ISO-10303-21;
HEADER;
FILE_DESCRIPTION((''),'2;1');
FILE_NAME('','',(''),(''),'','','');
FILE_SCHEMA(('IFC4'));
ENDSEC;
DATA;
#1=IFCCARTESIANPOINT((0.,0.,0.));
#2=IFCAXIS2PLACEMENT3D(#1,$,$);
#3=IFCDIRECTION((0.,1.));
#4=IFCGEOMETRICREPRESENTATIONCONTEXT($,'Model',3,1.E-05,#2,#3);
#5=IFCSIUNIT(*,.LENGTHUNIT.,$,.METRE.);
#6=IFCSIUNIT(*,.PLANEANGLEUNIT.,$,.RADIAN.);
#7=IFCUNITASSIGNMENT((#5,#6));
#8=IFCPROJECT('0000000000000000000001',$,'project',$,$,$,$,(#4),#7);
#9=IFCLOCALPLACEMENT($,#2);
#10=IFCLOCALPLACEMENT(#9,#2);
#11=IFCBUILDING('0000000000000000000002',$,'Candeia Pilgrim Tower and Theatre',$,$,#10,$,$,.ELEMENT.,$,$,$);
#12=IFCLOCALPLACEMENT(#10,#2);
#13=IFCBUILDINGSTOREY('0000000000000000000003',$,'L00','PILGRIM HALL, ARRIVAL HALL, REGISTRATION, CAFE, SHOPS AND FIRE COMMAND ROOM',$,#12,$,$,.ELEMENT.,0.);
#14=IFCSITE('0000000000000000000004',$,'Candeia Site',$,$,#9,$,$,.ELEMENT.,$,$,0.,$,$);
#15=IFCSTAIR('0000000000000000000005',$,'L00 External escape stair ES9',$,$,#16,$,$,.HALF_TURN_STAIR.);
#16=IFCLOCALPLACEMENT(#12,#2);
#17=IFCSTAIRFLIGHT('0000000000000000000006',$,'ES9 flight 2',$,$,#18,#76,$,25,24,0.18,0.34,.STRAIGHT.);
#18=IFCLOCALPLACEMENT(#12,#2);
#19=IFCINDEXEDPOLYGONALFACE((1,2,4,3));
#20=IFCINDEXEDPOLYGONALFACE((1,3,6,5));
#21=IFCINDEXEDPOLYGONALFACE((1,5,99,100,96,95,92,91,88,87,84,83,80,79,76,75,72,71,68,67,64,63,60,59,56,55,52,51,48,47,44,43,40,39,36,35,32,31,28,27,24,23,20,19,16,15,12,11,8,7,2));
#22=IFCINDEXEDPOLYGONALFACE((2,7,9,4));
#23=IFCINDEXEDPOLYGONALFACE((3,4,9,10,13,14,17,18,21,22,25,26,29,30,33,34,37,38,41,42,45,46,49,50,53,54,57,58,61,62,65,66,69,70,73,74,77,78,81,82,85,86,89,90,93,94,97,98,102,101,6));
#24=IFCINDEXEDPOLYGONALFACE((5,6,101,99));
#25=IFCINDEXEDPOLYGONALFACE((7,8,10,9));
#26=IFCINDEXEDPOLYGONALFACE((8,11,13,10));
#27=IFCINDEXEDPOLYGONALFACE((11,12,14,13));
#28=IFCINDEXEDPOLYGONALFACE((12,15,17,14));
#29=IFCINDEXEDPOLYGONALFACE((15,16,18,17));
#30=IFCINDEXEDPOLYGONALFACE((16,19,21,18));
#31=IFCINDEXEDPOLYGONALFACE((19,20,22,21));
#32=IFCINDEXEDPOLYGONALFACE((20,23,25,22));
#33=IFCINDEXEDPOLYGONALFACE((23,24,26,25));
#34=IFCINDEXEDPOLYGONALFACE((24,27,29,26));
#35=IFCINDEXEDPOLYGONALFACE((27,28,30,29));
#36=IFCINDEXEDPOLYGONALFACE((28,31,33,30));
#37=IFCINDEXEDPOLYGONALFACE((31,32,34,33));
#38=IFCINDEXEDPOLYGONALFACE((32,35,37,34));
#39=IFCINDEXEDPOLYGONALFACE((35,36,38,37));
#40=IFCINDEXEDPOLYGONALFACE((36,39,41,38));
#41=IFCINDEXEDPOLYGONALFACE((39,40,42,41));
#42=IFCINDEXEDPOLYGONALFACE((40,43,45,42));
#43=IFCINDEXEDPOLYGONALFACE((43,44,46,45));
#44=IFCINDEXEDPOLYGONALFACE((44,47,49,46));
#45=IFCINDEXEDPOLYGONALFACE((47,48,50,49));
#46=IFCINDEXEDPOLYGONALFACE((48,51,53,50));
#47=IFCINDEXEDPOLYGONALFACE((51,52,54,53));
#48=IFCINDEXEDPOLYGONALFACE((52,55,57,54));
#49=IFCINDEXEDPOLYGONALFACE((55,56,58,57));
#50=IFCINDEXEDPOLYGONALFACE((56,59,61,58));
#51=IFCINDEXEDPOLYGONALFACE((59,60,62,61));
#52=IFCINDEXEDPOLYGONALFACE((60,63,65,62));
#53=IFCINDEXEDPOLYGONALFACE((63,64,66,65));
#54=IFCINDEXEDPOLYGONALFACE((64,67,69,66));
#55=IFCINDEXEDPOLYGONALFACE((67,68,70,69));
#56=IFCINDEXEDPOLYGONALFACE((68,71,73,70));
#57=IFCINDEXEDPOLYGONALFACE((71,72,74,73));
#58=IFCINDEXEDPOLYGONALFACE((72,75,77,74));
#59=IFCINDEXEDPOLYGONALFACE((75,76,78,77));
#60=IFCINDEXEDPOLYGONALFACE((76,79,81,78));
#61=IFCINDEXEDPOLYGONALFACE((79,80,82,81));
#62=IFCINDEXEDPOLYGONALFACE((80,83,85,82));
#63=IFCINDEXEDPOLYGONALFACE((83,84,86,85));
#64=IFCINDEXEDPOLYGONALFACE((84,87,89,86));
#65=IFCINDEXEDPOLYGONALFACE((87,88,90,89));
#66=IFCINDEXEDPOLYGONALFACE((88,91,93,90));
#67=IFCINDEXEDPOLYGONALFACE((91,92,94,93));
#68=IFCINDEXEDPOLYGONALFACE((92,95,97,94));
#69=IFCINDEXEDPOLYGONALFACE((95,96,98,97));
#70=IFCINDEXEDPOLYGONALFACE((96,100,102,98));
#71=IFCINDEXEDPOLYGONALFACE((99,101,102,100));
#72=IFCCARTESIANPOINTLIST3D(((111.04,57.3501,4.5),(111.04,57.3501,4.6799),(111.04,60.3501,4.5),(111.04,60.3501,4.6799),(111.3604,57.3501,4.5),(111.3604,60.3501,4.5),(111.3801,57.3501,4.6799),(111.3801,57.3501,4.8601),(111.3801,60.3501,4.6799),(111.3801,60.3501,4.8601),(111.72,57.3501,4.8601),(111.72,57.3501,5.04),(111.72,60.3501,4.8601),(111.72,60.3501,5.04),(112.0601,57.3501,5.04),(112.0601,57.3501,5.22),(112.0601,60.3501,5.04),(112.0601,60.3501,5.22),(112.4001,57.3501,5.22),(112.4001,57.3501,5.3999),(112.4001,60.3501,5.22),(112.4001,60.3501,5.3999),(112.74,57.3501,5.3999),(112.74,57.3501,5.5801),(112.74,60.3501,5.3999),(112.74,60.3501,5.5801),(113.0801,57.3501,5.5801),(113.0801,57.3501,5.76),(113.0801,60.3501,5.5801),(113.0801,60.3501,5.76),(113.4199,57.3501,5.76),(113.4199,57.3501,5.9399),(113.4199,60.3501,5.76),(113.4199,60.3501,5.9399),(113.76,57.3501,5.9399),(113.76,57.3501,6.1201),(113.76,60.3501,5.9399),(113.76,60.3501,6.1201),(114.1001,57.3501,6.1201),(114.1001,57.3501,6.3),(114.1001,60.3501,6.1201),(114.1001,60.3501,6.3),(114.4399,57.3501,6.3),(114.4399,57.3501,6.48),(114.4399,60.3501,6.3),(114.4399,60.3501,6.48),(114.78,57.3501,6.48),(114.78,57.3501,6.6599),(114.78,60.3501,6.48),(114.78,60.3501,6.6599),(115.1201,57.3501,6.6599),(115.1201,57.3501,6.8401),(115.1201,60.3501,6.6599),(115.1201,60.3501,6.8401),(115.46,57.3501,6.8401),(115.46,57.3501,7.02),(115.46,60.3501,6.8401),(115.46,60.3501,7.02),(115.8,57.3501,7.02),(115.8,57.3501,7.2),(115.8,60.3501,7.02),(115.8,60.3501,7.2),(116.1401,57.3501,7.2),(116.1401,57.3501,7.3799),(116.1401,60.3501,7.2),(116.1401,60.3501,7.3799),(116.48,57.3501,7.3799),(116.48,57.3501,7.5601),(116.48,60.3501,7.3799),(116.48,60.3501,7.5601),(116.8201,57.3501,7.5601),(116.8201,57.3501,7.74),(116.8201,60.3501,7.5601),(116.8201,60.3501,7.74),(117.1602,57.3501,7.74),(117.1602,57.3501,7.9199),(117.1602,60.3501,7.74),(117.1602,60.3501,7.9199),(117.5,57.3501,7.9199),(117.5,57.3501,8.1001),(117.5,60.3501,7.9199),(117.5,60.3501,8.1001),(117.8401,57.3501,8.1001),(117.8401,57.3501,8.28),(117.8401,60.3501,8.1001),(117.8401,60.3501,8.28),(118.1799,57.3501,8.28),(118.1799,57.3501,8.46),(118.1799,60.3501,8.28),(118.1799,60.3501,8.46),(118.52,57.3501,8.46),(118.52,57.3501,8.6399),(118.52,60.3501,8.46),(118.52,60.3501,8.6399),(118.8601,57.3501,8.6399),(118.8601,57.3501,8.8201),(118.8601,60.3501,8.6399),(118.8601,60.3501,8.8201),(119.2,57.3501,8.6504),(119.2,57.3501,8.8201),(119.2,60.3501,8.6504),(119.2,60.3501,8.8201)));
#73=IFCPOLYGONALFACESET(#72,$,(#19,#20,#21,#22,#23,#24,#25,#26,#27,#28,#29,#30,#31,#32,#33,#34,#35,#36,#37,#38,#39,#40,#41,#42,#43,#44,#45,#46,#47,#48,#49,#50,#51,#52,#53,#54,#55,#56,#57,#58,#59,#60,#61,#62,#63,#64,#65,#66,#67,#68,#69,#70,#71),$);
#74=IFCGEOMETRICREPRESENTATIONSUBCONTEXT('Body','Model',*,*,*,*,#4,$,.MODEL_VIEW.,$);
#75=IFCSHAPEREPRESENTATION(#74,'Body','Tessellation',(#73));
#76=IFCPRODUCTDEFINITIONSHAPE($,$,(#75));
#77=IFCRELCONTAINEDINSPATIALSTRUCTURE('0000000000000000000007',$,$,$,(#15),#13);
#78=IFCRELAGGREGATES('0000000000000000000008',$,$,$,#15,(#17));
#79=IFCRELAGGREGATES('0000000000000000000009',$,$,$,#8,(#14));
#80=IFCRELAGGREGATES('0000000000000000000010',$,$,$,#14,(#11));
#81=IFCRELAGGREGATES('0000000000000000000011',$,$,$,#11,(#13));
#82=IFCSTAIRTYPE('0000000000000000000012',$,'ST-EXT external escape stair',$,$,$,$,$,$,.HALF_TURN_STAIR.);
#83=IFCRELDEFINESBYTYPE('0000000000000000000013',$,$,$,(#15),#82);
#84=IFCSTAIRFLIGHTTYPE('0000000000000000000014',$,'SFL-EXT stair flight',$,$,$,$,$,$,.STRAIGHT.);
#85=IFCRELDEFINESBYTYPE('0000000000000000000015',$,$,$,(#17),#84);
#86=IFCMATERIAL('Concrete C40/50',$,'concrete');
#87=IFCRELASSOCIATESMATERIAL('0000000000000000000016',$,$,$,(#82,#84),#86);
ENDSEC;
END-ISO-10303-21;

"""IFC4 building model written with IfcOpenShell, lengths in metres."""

from ifc_helpers import new_model, si_unit, direction, frame, origin, place, context, subcontext, project, spatial, polyline, outline, extrude, material, type_object, element, aggregate, save


model = new_model("IFC4")

# Units and contexts
model_context = context("Model", 3, precision=1e-05, world=origin(), true_north=direction((0.0, 1.0)))
body_context = subcontext(model_context, "Body", "Model", "MODEL_VIEW")
ifc_project = project(units=[si_unit("LENGTHUNIT", "METRE"), si_unit("PLANEANGLEUNIT", "RADIAN")], contexts=[model_context])

# Site, building, storey
site_placement = place(None, origin())
site = spatial("IfcSite", under=ifc_project, at=site_placement, Name="Candeia Site", CompositionType="ELEMENT", RefElevation=0.0)
building_placement = place(site_placement, origin())
building = spatial("IfcBuilding", under=site, at=building_placement, Name="Candeia Pilgrim Tower and Theatre", CompositionType="ELEMENT")
storey_placement = place(building_placement, origin())
storey = spatial("IfcBuildingStorey", under=building, at=storey_placement, Name="L00", Description="PILGRIM HALL, ARRIVAL HALL, REGISTRATION, CAFE, SHOPS AND FIRE COMMAND ROOM", CompositionType="ELEMENT", Elevation=0.0)

# Shared definitions
ifc_material_1 = material(Name="Concrete C40/50", Category="concrete")

# Shared definitions
stair_type = type_object("IfcStairType", Name="ST-EXT external escape stair", PredefinedType="HALF_TURN_STAIR", material=ifc_material_1)
stair_flight_type = type_object("IfcStairFlightType", Name="SFL-EXT stair flight", PredefinedType="STRAIGHT", material=ifc_material_1)

# Stair, stair flight
stair_1_placement = place(storey_placement, origin())
stair_1 = element("IfcStair", 1, at=stair_1_placement, inside=storey, type_object=stair_type, Name="L00 External escape stair ES9", PredefinedType="HALF_TURN_STAIR")
stair_flight_1_placement = place(storey_placement, frame((111.04, 58.8501, 4.5), z_axis=(0.0, 0.0, 1.0), x_axis=(1.0, 0.0, 0.0)))
stair_flight_1 = element("IfcStairFlight", 2, at=stair_flight_1_placement, type_object=stair_flight_type, Name="ES9 flight 2", NumberOfRisers=25, NumberOfTreads=24, PredefinedType="STRAIGHT", RiserHeight=0.18, TreadLength=0.34, context=body_context, shape_type="SweptSolid", body=[
    extrude(outline(polyline([(0.0, 0.0), (0.0, 0.1799), (0.3401, 0.1799), (0.3401, 0.3601), (0.6799, 0.3601), (0.6799, 0.54), (1.02, 0.54), (1.02, 0.72), (1.3601, 0.72), (1.3601, 0.8999), (1.7, 0.8999), (1.7, 1.0801), (2.04, 1.0801), (2.04, 1.26), (2.3799, 1.26), (2.3799, 1.4399), (2.72, 1.4399), (2.72, 1.6201), (3.0601, 1.6201), (3.0601, 1.8), (3.3999, 1.8), (3.3999, 1.98), (3.74, 1.98), (3.74, 2.1599), (4.0801, 2.1599), (4.0801, 2.3401), (4.4199, 2.3401), (4.4199, 2.52), (4.76, 2.52), (4.76, 2.7), (5.1001, 2.7), (5.1001, 2.8799), (5.4399, 2.8799), (5.4399, 3.0601), (5.78, 3.0601), (5.78, 3.24), (6.1201, 3.24), (6.1201, 3.4199), (6.46, 3.4199), (6.46, 3.6001), (6.8, 3.6001), (6.8, 3.78), (7.1399, 3.78), (7.1399, 3.96), (7.48, 3.96), (7.48, 4.1399), (7.8201, 4.1399), (7.8201, 4.3201), (8.1599, 4.3201), (8.1599, 4.5), (8.1599, 4.1504), (0.3203, 0.0), (0.0, 0.0)])), frame((0.0, 1.5, 0.0), z_axis=(0.0, -1.0, 0.0), x_axis=(1.0, 0.0, 0.0)), (0.0, 0.0, 1.0), 3.0),
])
aggregate(stair_1, [stair_flight_1])

save(model, "model.ifc")
